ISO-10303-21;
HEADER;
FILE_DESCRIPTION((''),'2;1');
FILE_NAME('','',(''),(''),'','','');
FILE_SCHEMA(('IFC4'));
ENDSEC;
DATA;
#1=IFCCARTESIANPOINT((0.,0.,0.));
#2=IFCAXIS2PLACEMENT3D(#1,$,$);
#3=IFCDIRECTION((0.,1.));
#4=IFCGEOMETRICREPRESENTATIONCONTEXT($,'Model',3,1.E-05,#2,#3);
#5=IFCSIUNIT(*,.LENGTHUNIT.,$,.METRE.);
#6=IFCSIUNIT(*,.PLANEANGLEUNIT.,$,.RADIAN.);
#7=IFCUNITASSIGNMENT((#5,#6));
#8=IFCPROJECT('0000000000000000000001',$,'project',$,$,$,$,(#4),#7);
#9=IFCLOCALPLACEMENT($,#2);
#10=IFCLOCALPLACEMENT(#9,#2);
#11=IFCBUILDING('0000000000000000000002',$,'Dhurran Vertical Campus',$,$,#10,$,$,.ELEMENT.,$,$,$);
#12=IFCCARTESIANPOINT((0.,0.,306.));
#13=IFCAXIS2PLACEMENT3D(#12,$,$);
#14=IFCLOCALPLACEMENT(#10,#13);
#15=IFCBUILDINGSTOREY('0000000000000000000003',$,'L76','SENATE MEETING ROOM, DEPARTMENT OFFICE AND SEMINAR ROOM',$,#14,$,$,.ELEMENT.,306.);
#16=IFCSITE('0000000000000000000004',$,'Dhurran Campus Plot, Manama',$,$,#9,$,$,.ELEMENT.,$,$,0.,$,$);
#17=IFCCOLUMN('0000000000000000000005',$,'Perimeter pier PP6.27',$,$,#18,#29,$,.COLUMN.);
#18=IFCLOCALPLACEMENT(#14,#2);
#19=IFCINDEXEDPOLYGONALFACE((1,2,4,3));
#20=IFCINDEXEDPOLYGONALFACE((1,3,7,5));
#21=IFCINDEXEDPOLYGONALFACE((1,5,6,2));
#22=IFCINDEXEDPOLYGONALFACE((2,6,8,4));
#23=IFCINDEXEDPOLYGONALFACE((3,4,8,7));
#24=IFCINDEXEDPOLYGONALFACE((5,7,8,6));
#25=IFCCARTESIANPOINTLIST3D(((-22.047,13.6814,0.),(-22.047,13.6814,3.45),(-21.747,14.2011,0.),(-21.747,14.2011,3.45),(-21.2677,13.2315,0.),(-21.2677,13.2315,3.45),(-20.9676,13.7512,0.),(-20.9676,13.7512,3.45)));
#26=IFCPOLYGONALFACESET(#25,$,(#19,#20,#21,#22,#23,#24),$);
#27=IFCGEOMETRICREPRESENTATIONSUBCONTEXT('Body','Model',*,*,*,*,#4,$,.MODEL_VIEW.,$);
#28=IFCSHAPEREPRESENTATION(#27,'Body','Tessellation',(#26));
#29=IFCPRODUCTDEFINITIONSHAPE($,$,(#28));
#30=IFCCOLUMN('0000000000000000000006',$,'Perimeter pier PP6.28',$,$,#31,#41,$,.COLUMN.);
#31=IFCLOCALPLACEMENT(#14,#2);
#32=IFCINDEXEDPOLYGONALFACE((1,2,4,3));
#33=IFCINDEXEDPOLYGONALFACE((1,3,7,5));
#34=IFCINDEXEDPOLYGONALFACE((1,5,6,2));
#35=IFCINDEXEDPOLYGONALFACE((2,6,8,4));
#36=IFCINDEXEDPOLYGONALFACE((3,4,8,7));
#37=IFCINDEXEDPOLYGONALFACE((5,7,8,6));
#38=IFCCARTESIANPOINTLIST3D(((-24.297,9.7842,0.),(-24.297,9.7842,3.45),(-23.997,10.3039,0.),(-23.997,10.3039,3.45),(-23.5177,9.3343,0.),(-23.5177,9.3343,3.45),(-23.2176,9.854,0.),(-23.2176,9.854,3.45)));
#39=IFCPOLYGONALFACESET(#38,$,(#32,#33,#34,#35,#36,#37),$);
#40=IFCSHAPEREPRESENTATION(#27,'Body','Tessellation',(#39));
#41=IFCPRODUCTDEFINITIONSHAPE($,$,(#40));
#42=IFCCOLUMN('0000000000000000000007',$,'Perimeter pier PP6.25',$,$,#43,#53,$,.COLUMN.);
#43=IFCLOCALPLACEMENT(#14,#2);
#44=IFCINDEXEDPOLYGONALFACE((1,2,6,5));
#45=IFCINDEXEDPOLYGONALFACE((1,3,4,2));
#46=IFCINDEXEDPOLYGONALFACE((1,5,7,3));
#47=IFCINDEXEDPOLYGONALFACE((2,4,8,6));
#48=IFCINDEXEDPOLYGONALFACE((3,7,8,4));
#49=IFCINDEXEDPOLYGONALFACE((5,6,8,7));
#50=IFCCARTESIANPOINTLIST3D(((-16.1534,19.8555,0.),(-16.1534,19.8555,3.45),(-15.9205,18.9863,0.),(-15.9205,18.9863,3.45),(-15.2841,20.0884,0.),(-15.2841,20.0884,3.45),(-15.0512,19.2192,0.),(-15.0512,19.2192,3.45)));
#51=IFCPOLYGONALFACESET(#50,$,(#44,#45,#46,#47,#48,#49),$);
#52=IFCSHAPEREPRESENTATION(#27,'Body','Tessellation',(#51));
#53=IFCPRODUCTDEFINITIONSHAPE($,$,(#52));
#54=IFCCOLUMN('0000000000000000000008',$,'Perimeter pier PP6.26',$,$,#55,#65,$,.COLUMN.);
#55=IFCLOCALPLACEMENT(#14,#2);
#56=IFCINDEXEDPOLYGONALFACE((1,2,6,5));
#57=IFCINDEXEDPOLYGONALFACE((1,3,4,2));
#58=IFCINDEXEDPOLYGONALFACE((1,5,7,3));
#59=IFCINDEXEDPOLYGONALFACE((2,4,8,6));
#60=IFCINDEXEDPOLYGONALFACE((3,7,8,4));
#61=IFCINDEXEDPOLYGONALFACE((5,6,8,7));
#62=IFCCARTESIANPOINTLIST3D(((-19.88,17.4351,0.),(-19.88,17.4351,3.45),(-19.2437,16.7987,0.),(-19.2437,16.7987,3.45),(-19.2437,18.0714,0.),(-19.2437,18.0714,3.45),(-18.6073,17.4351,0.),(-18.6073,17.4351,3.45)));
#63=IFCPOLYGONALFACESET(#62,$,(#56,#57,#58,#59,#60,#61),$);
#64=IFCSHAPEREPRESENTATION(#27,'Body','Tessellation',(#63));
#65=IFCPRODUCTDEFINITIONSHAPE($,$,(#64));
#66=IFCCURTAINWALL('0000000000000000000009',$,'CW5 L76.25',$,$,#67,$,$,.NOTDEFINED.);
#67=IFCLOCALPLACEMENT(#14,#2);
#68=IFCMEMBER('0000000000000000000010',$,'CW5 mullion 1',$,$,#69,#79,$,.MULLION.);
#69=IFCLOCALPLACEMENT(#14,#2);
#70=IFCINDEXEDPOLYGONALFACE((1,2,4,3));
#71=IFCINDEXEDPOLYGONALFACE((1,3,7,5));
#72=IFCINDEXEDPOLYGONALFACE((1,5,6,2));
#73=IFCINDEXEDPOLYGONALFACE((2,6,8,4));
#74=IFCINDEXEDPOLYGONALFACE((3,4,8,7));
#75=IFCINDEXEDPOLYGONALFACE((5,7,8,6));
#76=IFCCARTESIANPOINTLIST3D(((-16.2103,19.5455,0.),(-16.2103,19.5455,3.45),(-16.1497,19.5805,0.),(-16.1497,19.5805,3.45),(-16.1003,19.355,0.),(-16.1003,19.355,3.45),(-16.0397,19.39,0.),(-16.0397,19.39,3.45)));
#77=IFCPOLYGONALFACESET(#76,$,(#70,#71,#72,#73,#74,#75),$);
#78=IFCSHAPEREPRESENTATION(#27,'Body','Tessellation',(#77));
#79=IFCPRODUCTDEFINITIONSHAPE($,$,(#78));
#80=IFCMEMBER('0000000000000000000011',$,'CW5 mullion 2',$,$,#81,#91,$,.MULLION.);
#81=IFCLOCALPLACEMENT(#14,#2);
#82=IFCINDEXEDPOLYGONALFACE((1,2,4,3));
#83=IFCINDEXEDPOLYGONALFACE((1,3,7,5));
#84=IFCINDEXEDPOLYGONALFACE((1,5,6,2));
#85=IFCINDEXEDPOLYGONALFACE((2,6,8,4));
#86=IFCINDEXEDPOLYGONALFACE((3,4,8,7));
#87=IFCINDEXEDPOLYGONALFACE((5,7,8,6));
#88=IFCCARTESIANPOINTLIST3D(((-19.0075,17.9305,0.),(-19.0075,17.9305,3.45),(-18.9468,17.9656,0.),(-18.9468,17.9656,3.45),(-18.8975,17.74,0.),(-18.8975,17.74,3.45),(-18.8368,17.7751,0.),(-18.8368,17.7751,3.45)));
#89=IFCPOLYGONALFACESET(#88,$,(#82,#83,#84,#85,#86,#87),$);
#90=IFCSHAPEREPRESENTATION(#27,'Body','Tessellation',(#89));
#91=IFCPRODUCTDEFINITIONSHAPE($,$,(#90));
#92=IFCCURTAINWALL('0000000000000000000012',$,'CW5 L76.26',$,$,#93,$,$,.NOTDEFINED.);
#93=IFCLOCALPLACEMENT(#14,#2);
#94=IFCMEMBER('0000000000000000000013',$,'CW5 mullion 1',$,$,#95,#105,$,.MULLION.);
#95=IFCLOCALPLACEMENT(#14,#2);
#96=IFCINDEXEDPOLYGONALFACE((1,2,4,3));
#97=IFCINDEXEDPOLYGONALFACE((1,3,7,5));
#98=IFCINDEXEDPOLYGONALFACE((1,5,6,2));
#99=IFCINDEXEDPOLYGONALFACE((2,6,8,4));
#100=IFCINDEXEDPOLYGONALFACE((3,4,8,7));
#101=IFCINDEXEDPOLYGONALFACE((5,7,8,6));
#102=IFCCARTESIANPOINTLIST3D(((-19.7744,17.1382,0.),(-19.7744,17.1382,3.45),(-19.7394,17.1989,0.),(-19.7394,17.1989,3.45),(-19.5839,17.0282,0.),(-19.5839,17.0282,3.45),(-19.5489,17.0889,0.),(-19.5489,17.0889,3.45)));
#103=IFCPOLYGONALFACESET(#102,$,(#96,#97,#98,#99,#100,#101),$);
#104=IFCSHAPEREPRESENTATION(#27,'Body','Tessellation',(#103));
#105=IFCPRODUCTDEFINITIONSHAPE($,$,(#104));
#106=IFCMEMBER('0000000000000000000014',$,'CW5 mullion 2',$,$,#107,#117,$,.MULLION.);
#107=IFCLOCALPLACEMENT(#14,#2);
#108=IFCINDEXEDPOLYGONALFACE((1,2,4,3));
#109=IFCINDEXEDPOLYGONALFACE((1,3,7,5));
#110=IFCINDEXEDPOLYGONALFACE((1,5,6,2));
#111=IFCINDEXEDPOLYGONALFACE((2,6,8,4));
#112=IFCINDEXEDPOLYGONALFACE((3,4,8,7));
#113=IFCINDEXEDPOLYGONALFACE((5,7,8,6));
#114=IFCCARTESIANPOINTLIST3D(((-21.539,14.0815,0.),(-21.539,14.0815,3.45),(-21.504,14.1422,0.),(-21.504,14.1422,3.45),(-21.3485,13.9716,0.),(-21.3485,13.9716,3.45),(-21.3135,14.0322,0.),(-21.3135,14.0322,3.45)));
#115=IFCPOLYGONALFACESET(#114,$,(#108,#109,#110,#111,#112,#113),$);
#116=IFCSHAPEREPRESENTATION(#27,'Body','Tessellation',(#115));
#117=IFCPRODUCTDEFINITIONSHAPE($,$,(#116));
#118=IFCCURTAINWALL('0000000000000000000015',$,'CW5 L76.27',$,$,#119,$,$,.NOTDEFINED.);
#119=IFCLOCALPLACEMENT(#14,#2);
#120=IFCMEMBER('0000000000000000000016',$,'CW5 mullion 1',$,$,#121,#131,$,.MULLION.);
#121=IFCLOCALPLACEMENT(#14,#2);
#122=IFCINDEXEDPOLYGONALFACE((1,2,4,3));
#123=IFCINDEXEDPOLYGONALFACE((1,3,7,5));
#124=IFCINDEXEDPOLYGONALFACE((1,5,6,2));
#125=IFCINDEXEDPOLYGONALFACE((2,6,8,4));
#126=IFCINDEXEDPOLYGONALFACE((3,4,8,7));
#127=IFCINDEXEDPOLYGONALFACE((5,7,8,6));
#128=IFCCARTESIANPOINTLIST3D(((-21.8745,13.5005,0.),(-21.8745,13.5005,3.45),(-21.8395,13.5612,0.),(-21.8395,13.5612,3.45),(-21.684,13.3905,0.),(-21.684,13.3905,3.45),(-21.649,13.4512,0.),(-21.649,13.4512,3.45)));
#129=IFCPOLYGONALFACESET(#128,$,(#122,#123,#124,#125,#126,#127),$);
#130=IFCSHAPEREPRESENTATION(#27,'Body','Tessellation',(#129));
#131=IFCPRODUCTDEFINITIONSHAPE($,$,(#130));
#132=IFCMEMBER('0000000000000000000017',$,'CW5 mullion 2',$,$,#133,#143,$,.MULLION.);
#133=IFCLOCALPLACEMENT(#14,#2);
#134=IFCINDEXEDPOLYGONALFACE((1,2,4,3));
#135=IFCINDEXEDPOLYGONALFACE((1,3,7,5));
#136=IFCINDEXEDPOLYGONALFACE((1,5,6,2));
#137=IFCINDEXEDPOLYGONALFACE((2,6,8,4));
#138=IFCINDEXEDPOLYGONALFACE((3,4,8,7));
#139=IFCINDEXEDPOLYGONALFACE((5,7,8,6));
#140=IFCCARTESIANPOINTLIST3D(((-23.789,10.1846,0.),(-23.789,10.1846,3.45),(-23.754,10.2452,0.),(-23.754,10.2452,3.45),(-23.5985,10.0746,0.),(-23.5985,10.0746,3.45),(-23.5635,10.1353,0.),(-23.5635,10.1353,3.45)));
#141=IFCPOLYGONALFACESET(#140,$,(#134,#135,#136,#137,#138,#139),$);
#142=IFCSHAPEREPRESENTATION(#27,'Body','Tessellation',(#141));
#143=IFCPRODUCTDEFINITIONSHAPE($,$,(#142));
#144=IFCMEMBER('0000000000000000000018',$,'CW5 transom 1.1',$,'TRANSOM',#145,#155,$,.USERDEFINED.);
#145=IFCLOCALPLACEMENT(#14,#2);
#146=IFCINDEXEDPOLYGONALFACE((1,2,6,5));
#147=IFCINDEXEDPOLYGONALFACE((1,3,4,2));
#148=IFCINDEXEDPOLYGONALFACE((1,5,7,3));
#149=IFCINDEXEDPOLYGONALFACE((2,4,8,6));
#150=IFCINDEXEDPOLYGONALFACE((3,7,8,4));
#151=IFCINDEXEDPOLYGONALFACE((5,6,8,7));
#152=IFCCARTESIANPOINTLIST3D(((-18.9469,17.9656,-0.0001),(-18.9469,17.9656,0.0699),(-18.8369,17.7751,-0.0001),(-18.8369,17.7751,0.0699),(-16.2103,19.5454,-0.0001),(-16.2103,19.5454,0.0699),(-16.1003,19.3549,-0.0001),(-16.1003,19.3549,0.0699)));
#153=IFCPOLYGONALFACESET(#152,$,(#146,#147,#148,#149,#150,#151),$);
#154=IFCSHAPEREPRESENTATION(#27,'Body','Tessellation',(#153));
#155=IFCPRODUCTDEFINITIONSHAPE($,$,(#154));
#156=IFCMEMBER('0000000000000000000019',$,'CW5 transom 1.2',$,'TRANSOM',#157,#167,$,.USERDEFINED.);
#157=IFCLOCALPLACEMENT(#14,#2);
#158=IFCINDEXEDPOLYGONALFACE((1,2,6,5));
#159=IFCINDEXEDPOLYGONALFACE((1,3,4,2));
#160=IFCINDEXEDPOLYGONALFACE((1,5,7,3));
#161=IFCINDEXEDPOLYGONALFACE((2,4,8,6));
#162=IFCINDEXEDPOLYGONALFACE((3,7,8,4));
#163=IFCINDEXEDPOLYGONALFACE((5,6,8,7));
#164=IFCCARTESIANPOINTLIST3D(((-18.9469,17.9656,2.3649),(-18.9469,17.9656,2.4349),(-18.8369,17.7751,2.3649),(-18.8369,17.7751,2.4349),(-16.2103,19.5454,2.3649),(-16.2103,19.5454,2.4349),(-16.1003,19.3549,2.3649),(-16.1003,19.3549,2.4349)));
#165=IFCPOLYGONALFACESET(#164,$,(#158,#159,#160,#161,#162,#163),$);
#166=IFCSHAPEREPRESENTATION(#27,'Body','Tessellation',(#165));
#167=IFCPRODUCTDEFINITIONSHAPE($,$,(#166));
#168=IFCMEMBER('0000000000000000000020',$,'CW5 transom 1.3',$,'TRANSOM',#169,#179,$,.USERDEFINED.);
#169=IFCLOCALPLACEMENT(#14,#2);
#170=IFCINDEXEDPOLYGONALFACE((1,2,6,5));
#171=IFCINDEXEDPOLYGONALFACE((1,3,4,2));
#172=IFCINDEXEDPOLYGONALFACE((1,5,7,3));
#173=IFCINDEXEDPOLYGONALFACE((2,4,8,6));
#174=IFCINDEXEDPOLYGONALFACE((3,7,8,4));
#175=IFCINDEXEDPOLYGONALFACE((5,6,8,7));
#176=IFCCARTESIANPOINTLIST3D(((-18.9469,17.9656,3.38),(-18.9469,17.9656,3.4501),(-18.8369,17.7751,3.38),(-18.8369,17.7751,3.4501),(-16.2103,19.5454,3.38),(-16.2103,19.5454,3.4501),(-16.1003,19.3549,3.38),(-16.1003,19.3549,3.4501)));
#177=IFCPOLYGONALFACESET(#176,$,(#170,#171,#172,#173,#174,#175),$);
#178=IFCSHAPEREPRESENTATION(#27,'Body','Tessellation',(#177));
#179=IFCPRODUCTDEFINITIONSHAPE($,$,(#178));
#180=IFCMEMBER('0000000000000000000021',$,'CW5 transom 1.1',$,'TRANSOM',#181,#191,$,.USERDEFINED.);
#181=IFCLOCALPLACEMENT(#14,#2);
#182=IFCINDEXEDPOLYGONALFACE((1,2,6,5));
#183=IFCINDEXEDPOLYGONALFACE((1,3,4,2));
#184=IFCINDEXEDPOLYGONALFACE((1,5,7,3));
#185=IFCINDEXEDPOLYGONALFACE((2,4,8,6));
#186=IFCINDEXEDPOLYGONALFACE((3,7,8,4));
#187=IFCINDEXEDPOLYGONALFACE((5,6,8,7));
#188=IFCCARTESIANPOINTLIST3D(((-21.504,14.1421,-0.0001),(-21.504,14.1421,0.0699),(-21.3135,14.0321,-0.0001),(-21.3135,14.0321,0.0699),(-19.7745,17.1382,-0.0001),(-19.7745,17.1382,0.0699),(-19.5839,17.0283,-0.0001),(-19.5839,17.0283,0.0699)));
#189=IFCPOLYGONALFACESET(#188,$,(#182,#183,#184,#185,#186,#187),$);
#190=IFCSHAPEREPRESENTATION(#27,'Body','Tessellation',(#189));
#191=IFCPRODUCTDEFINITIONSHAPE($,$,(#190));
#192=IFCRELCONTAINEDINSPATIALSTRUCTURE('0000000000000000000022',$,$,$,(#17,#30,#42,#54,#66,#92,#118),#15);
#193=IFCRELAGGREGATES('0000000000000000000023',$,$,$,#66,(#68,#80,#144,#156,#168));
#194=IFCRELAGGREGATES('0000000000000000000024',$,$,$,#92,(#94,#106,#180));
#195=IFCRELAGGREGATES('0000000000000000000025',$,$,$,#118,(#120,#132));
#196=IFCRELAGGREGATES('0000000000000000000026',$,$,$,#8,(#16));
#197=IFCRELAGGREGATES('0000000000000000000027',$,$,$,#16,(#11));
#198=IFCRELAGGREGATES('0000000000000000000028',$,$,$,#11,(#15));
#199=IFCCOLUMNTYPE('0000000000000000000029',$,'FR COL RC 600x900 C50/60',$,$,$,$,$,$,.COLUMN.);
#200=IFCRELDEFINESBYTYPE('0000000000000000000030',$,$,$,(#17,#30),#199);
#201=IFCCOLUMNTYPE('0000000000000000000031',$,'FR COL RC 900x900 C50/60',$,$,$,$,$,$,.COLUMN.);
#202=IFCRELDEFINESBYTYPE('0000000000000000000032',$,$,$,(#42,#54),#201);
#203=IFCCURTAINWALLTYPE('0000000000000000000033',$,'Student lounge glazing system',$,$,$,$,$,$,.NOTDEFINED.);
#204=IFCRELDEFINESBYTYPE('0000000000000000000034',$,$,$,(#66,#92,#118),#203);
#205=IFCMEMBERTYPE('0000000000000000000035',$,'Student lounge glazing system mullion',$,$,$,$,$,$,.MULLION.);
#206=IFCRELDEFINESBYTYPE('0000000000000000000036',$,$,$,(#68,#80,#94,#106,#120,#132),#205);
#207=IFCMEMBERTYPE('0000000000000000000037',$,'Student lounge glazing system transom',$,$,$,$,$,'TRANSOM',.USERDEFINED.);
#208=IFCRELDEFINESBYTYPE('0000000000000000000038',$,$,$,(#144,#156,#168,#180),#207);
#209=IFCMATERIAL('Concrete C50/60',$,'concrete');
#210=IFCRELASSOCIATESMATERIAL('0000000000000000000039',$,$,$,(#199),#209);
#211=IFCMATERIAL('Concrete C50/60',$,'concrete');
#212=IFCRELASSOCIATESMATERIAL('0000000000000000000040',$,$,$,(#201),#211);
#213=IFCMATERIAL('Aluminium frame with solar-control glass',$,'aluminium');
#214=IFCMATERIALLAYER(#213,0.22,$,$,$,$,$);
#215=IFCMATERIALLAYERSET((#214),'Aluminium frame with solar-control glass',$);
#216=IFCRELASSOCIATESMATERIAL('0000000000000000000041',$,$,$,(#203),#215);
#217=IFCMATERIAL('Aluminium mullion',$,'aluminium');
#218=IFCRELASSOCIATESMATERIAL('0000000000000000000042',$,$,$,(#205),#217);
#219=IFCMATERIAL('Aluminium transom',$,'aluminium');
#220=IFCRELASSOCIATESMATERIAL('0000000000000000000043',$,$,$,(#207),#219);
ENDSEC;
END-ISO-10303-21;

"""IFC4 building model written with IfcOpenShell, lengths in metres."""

from ifc_helpers import new_model, si_unit, direction, frame, origin, origin_2d, place, context, subcontext, project, spatial, rectangle, extrude, material, layer, layer_set, material_profile, profile_set, type_object, element, aggregate, save


model = new_model("IFC4")

# Units and contexts
model_context = context("Model", 3, precision=1e-05, world=origin(), true_north=direction((0.0, 1.0)))
body_context = subcontext(model_context, "Body", "Model", "MODEL_VIEW")
ifc_project = project(units=[si_unit("LENGTHUNIT", "METRE"), si_unit("PLANEANGLEUNIT", "RADIAN")], contexts=[model_context])

# Site, building, storey
site_placement = place(None, origin())
site = spatial("IfcSite", under=ifc_project, at=site_placement, Name="Dhurran Campus Plot, Manama", CompositionType="ELEMENT", RefElevation=0.0)
building_placement = place(site_placement, origin())
building = spatial("IfcBuilding", under=site, at=building_placement, Name="Dhurran Vertical Campus", CompositionType="ELEMENT")
storey_placement = place(building_placement, frame((0.0, 0.0, 306.0)))
storey = spatial("IfcBuildingStorey", under=building, at=storey_placement, Name="L76", Description="SENATE MEETING ROOM, DEPARTMENT OFFICE AND SEMINAR ROOM", CompositionType="ELEMENT", Elevation=306.0)

# Columns
ifc_material_1 = material(Name="Concrete C50/60", Category="concrete")
ifc_material_profile_1 = material_profile(ifc_material_1, rectangle(XDim=0.6001, YDim=0.8999, at=origin_2d()), Name="RC 600x900")
ifc_profile_set_1 = profile_set([ifc_material_profile_1], Name="Concrete C50/60")
column_type_1 = type_object("IfcColumnType", Name="FR COL RC 600x900 C50/60", PredefinedType="COLUMN", material=ifc_profile_set_1)
for number, where, z_axis, x_axis, name in (
    (1, (-21.5073, 13.7163, 0.0), (0.0, 0.0, 1.0), (-0.5, -0.866025, 0.0), "Perimeter pier PP6.27"),
    (2, (-23.7573, 9.8191, 0.0), (0.0, 0.0, 1.0), (-0.5, -0.866025, 0.0), "Perimeter pier PP6.28"),
):
    element("IfcColumn", number, at=place(storey_placement, frame(where, z_axis=z_axis, x_axis=x_axis)), inside=storey, type_object=column_type_1, Name=name, PredefinedType="COLUMN", context=body_context, shape_type="SweptSolid", body=[
        extrude(rectangle(XDim=0.6001, YDim=0.8999, at=origin_2d()), origin(), (0.0, 0.0, 1.0), 3.45),
    ])
ifc_material_2 = material(Name="Concrete C50/60", Category="concrete")
ifc_material_profile_2 = material_profile(ifc_material_2, rectangle(XDim=0.8999, YDim=0.8999, at=origin_2d()), Name="RC 900x900")
ifc_profile_set_2 = profile_set([ifc_material_profile_2], Name="Concrete C50/60")
column_type_2 = type_object("IfcColumnType", Name="FR COL RC 900x900 C50/60", PredefinedType="COLUMN", material=ifc_profile_set_2)
for number, where, z_axis, x_axis, name in (
    (3, (-15.6023, 19.5374, 0.0), (0.0, 0.0, 1.0), (-0.965926, -0.258819, 0.0), "Perimeter pier PP6.25"),
    (4, (-19.2437, 17.4351, 0.0), (0.0, 0.0, 1.0), (-0.707107, -0.707107, 0.0), "Perimeter pier PP6.26"),
):
    element("IfcColumn", number, at=place(storey_placement, frame(where, z_axis=z_axis, x_axis=x_axis)), inside=storey, type_object=column_type_2, Name=name, PredefinedType="COLUMN", context=body_context, shape_type="SweptSolid", body=[
        extrude(rectangle(XDim=0.8999, YDim=0.8999, at=origin_2d()), origin(), (0.0, 0.0, 1.0), 3.45),
    ])

# Curtain walls, members
ifc_material_3 = material(Name="Aluminium frame with solar-control glass", Category="aluminium")
ifc_layer_1 = layer(ifc_material_3, 0.22)
ifc_layer_set_1 = layer_set([ifc_layer_1], Name="Aluminium frame with solar-control glass")
curtain_wall_type = type_object("IfcCurtainWallType", Name="Student lounge glazing system", PredefinedType="NOTDEFINED", material=ifc_layer_set_1)
curtain_wall_1_placement = place(storey_placement, origin())
curtain_wall_1 = element("IfcCurtainWall", 5, at=curtain_wall_1_placement, inside=storey, type_object=curtain_wall_type, Name="CW5 L76.25", PredefinedType="NOTDEFINED")
ifc_material_4 = material(Name="Aluminium mullion", Category="aluminium")
ifc_material_profile_3 = material_profile(ifc_material_4, rectangle(XDim=0.22, YDim=0.0701, at=origin_2d()), Name="Student lounge glazing system mullion")
ifc_profile_set_3 = profile_set([ifc_material_profile_3], Name="Aluminium mullion")
member_type_1 = type_object("IfcMemberType", Name="Student lounge glazing system mullion", PredefinedType="MULLION", material=ifc_profile_set_3)
member_1_placement = place(storey_placement, frame((-16.125, 19.4678, 0.0), z_axis=(0.0, 0.0, 1.0), x_axis=(0.500001, -0.866025, 0.0)))
member_1 = element("IfcMember", 6, at=member_1_placement, type_object=member_type_1, Name="CW5 mullion 1", PredefinedType="MULLION", context=body_context, shape_type="SweptSolid", body=[
    extrude(rectangle(XDim=0.22, YDim=0.0701, at=origin_2d()), origin(), (0.0, 0.0, 1.0), 3.45),
])
member_2_placement = place(storey_placement, frame((-18.9221, 17.8528, 0.0), z_axis=(0.0, 0.0, 1.0), x_axis=(0.500001, -0.866025, 0.0)))
member_2 = element("IfcMember", 7, at=member_2_placement, type_object=member_type_1, Name="CW5 mullion 2", PredefinedType="MULLION", context=body_context, shape_type="SweptSolid", body=[
    extrude(rectangle(XDim=0.22, YDim=0.0701, at=origin_2d()), origin(), (0.0, 0.0, 1.0), 3.45),
])
curtain_wall_2_placement = place(storey_placement, origin())
curtain_wall_2 = element("IfcCurtainWall", 8, at=curtain_wall_2_placement, inside=storey, type_object=curtain_wall_type, Name="CW5 L76.26", PredefinedType="NOTDEFINED")
member_3_placement = place(storey_placement, frame((-19.6616, 17.1135, 0.0), z_axis=(0.0, 0.0, 1.0), x_axis=(0.866027, -0.499997, 0.0)))
member_3 = element("IfcMember", 9, at=member_3_placement, type_object=member_type_1, Name="CW5 mullion 1", PredefinedType="MULLION", context=body_context, shape_type="SweptSolid", body=[
    extrude(rectangle(XDim=0.22, YDim=0.0701, at=origin_2d()), origin(), (0.0, 0.0, 1.0), 3.45),
])
member_4_placement = place(storey_placement, frame((-21.4263, 14.0569, 0.0), z_axis=(0.0, 0.0, 1.0), x_axis=(0.866027, -0.499997, 0.0)))
member_4 = element("IfcMember", 10, at=member_4_placement, type_object=member_type_1, Name="CW5 mullion 2", PredefinedType="MULLION", context=body_context, shape_type="SweptSolid", body=[
    extrude(rectangle(XDim=0.22, YDim=0.0701, at=origin_2d()), origin(), (0.0, 0.0, 1.0), 3.45),
])
curtain_wall_3_placement = place(storey_placement, origin())
curtain_wall_3 = element("IfcCurtainWall", 11, at=curtain_wall_3_placement, inside=storey, type_object=curtain_wall_type, Name="CW5 L76.27", PredefinedType="NOTDEFINED")
member_5_placement = place(storey_placement, frame((-21.7617, 13.4758, 0.0), z_axis=(0.0, 0.0, 1.0), x_axis=(0.866023, -0.500004, 0.0)))
member_5 = element("IfcMember", 12, at=member_5_placement, type_object=member_type_1, Name="CW5 mullion 1", PredefinedType="MULLION", context=body_context, shape_type="SweptSolid", body=[
    extrude(rectangle(XDim=0.22, YDim=0.0701, at=origin_2d()), origin(), (0.0, 0.0, 1.0), 3.45),
])
member_6_placement = place(storey_placement, frame((-23.6763, 10.1599, 0.0), z_axis=(0.0, 0.0, 1.0), x_axis=(0.866023, -0.500004, 0.0)))
member_6 = element("IfcMember", 13, at=member_6_placement, type_object=member_type_1, Name="CW5 mullion 2", PredefinedType="MULLION", context=body_context, shape_type="SweptSolid", body=[
    extrude(rectangle(XDim=0.22, YDim=0.0701, at=origin_2d()), origin(), (0.0, 0.0, 1.0), 3.45),
])

# Members
ifc_material_5 = material(Name="Aluminium transom", Category="aluminium")
ifc_material_profile_4 = material_profile(ifc_material_5, rectangle(XDim=0.22, YDim=0.0701, at=origin_2d()), Name="Student lounge glazing system transom")
ifc_profile_set_4 = profile_set([ifc_material_profile_4], Name="Aluminium transom")
member_type_2 = type_object("IfcMemberType", Name="Student lounge glazing system transom", ElementType="TRANSOM", PredefinedType="USERDEFINED", material=ifc_profile_set_4)
member_7_placement = place(storey_placement, frame((-16.1553, 19.4502, 0.0349), z_axis=(-0.866043, -0.49997, 0.0), x_axis=(0.49997, -0.866043, 0.0)))
member_7 = element("IfcMember", 14, at=member_7_placement, type_object=member_type_2, Name="CW5 transom 1.1", ObjectType="TRANSOM", PredefinedType="USERDEFINED", context=body_context, shape_type="SweptSolid", body=[
    extrude(rectangle(XDim=0.22, YDim=0.0701, at=origin_2d()), origin(), (0.0, 0.0, 1.0), 3.1599),
])
member_8_placement = place(storey_placement, frame((-16.1553, 19.4502, 2.3999), z_axis=(-0.866043, -0.49997, 0.0), x_axis=(0.49997, -0.866043, 0.0)))
member_8 = element("IfcMember", 15, at=member_8_placement, type_object=member_type_2, Name="CW5 transom 1.2", ObjectType="TRANSOM", PredefinedType="USERDEFINED", context=body_context, shape_type="SweptSolid", body=[
    extrude(rectangle(XDim=0.22, YDim=0.0701, at=origin_2d()), origin(), (0.0, 0.0, 1.0), 3.1599),
])
member_9_placement = place(storey_placement, frame((-16.1553, 19.4502, 3.415), z_axis=(-0.866043, -0.49997, 0.0), x_axis=(0.49997, -0.866043, 0.0)))
member_9 = element("IfcMember", 16, at=member_9_placement, type_object=member_type_2, Name="CW5 transom 1.3", ObjectType="TRANSOM", PredefinedType="USERDEFINED", context=body_context, shape_type="SweptSolid", body=[
    extrude(rectangle(XDim=0.22, YDim=0.0701, at=origin_2d()), origin(), (0.0, 0.0, 1.0), 3.1599),
])
member_10_placement = place(storey_placement, frame((-19.6792, 17.0833, 0.0349), z_axis=(-0.499934, -0.866063, 0.0), x_axis=(0.866063, -0.499934, 0.0)))
member_10 = element("IfcMember", 17, at=member_10_placement, type_object=member_type_2, Name="CW5 transom 1.1", ObjectType="TRANSOM", PredefinedType="USERDEFINED", context=body_context, shape_type="SweptSolid", body=[
    extrude(rectangle(XDim=0.22, YDim=0.0701, at=origin_2d()), origin(), (0.0, 0.0, 1.0), 3.4595),
])

aggregate(curtain_wall_1, [member_1, member_2, member_7, member_8, member_9])
aggregate(curtain_wall_2, [member_3, member_4, member_10])
aggregate(curtain_wall_3, [member_5, member_6])

save(model, "model.ifc")
